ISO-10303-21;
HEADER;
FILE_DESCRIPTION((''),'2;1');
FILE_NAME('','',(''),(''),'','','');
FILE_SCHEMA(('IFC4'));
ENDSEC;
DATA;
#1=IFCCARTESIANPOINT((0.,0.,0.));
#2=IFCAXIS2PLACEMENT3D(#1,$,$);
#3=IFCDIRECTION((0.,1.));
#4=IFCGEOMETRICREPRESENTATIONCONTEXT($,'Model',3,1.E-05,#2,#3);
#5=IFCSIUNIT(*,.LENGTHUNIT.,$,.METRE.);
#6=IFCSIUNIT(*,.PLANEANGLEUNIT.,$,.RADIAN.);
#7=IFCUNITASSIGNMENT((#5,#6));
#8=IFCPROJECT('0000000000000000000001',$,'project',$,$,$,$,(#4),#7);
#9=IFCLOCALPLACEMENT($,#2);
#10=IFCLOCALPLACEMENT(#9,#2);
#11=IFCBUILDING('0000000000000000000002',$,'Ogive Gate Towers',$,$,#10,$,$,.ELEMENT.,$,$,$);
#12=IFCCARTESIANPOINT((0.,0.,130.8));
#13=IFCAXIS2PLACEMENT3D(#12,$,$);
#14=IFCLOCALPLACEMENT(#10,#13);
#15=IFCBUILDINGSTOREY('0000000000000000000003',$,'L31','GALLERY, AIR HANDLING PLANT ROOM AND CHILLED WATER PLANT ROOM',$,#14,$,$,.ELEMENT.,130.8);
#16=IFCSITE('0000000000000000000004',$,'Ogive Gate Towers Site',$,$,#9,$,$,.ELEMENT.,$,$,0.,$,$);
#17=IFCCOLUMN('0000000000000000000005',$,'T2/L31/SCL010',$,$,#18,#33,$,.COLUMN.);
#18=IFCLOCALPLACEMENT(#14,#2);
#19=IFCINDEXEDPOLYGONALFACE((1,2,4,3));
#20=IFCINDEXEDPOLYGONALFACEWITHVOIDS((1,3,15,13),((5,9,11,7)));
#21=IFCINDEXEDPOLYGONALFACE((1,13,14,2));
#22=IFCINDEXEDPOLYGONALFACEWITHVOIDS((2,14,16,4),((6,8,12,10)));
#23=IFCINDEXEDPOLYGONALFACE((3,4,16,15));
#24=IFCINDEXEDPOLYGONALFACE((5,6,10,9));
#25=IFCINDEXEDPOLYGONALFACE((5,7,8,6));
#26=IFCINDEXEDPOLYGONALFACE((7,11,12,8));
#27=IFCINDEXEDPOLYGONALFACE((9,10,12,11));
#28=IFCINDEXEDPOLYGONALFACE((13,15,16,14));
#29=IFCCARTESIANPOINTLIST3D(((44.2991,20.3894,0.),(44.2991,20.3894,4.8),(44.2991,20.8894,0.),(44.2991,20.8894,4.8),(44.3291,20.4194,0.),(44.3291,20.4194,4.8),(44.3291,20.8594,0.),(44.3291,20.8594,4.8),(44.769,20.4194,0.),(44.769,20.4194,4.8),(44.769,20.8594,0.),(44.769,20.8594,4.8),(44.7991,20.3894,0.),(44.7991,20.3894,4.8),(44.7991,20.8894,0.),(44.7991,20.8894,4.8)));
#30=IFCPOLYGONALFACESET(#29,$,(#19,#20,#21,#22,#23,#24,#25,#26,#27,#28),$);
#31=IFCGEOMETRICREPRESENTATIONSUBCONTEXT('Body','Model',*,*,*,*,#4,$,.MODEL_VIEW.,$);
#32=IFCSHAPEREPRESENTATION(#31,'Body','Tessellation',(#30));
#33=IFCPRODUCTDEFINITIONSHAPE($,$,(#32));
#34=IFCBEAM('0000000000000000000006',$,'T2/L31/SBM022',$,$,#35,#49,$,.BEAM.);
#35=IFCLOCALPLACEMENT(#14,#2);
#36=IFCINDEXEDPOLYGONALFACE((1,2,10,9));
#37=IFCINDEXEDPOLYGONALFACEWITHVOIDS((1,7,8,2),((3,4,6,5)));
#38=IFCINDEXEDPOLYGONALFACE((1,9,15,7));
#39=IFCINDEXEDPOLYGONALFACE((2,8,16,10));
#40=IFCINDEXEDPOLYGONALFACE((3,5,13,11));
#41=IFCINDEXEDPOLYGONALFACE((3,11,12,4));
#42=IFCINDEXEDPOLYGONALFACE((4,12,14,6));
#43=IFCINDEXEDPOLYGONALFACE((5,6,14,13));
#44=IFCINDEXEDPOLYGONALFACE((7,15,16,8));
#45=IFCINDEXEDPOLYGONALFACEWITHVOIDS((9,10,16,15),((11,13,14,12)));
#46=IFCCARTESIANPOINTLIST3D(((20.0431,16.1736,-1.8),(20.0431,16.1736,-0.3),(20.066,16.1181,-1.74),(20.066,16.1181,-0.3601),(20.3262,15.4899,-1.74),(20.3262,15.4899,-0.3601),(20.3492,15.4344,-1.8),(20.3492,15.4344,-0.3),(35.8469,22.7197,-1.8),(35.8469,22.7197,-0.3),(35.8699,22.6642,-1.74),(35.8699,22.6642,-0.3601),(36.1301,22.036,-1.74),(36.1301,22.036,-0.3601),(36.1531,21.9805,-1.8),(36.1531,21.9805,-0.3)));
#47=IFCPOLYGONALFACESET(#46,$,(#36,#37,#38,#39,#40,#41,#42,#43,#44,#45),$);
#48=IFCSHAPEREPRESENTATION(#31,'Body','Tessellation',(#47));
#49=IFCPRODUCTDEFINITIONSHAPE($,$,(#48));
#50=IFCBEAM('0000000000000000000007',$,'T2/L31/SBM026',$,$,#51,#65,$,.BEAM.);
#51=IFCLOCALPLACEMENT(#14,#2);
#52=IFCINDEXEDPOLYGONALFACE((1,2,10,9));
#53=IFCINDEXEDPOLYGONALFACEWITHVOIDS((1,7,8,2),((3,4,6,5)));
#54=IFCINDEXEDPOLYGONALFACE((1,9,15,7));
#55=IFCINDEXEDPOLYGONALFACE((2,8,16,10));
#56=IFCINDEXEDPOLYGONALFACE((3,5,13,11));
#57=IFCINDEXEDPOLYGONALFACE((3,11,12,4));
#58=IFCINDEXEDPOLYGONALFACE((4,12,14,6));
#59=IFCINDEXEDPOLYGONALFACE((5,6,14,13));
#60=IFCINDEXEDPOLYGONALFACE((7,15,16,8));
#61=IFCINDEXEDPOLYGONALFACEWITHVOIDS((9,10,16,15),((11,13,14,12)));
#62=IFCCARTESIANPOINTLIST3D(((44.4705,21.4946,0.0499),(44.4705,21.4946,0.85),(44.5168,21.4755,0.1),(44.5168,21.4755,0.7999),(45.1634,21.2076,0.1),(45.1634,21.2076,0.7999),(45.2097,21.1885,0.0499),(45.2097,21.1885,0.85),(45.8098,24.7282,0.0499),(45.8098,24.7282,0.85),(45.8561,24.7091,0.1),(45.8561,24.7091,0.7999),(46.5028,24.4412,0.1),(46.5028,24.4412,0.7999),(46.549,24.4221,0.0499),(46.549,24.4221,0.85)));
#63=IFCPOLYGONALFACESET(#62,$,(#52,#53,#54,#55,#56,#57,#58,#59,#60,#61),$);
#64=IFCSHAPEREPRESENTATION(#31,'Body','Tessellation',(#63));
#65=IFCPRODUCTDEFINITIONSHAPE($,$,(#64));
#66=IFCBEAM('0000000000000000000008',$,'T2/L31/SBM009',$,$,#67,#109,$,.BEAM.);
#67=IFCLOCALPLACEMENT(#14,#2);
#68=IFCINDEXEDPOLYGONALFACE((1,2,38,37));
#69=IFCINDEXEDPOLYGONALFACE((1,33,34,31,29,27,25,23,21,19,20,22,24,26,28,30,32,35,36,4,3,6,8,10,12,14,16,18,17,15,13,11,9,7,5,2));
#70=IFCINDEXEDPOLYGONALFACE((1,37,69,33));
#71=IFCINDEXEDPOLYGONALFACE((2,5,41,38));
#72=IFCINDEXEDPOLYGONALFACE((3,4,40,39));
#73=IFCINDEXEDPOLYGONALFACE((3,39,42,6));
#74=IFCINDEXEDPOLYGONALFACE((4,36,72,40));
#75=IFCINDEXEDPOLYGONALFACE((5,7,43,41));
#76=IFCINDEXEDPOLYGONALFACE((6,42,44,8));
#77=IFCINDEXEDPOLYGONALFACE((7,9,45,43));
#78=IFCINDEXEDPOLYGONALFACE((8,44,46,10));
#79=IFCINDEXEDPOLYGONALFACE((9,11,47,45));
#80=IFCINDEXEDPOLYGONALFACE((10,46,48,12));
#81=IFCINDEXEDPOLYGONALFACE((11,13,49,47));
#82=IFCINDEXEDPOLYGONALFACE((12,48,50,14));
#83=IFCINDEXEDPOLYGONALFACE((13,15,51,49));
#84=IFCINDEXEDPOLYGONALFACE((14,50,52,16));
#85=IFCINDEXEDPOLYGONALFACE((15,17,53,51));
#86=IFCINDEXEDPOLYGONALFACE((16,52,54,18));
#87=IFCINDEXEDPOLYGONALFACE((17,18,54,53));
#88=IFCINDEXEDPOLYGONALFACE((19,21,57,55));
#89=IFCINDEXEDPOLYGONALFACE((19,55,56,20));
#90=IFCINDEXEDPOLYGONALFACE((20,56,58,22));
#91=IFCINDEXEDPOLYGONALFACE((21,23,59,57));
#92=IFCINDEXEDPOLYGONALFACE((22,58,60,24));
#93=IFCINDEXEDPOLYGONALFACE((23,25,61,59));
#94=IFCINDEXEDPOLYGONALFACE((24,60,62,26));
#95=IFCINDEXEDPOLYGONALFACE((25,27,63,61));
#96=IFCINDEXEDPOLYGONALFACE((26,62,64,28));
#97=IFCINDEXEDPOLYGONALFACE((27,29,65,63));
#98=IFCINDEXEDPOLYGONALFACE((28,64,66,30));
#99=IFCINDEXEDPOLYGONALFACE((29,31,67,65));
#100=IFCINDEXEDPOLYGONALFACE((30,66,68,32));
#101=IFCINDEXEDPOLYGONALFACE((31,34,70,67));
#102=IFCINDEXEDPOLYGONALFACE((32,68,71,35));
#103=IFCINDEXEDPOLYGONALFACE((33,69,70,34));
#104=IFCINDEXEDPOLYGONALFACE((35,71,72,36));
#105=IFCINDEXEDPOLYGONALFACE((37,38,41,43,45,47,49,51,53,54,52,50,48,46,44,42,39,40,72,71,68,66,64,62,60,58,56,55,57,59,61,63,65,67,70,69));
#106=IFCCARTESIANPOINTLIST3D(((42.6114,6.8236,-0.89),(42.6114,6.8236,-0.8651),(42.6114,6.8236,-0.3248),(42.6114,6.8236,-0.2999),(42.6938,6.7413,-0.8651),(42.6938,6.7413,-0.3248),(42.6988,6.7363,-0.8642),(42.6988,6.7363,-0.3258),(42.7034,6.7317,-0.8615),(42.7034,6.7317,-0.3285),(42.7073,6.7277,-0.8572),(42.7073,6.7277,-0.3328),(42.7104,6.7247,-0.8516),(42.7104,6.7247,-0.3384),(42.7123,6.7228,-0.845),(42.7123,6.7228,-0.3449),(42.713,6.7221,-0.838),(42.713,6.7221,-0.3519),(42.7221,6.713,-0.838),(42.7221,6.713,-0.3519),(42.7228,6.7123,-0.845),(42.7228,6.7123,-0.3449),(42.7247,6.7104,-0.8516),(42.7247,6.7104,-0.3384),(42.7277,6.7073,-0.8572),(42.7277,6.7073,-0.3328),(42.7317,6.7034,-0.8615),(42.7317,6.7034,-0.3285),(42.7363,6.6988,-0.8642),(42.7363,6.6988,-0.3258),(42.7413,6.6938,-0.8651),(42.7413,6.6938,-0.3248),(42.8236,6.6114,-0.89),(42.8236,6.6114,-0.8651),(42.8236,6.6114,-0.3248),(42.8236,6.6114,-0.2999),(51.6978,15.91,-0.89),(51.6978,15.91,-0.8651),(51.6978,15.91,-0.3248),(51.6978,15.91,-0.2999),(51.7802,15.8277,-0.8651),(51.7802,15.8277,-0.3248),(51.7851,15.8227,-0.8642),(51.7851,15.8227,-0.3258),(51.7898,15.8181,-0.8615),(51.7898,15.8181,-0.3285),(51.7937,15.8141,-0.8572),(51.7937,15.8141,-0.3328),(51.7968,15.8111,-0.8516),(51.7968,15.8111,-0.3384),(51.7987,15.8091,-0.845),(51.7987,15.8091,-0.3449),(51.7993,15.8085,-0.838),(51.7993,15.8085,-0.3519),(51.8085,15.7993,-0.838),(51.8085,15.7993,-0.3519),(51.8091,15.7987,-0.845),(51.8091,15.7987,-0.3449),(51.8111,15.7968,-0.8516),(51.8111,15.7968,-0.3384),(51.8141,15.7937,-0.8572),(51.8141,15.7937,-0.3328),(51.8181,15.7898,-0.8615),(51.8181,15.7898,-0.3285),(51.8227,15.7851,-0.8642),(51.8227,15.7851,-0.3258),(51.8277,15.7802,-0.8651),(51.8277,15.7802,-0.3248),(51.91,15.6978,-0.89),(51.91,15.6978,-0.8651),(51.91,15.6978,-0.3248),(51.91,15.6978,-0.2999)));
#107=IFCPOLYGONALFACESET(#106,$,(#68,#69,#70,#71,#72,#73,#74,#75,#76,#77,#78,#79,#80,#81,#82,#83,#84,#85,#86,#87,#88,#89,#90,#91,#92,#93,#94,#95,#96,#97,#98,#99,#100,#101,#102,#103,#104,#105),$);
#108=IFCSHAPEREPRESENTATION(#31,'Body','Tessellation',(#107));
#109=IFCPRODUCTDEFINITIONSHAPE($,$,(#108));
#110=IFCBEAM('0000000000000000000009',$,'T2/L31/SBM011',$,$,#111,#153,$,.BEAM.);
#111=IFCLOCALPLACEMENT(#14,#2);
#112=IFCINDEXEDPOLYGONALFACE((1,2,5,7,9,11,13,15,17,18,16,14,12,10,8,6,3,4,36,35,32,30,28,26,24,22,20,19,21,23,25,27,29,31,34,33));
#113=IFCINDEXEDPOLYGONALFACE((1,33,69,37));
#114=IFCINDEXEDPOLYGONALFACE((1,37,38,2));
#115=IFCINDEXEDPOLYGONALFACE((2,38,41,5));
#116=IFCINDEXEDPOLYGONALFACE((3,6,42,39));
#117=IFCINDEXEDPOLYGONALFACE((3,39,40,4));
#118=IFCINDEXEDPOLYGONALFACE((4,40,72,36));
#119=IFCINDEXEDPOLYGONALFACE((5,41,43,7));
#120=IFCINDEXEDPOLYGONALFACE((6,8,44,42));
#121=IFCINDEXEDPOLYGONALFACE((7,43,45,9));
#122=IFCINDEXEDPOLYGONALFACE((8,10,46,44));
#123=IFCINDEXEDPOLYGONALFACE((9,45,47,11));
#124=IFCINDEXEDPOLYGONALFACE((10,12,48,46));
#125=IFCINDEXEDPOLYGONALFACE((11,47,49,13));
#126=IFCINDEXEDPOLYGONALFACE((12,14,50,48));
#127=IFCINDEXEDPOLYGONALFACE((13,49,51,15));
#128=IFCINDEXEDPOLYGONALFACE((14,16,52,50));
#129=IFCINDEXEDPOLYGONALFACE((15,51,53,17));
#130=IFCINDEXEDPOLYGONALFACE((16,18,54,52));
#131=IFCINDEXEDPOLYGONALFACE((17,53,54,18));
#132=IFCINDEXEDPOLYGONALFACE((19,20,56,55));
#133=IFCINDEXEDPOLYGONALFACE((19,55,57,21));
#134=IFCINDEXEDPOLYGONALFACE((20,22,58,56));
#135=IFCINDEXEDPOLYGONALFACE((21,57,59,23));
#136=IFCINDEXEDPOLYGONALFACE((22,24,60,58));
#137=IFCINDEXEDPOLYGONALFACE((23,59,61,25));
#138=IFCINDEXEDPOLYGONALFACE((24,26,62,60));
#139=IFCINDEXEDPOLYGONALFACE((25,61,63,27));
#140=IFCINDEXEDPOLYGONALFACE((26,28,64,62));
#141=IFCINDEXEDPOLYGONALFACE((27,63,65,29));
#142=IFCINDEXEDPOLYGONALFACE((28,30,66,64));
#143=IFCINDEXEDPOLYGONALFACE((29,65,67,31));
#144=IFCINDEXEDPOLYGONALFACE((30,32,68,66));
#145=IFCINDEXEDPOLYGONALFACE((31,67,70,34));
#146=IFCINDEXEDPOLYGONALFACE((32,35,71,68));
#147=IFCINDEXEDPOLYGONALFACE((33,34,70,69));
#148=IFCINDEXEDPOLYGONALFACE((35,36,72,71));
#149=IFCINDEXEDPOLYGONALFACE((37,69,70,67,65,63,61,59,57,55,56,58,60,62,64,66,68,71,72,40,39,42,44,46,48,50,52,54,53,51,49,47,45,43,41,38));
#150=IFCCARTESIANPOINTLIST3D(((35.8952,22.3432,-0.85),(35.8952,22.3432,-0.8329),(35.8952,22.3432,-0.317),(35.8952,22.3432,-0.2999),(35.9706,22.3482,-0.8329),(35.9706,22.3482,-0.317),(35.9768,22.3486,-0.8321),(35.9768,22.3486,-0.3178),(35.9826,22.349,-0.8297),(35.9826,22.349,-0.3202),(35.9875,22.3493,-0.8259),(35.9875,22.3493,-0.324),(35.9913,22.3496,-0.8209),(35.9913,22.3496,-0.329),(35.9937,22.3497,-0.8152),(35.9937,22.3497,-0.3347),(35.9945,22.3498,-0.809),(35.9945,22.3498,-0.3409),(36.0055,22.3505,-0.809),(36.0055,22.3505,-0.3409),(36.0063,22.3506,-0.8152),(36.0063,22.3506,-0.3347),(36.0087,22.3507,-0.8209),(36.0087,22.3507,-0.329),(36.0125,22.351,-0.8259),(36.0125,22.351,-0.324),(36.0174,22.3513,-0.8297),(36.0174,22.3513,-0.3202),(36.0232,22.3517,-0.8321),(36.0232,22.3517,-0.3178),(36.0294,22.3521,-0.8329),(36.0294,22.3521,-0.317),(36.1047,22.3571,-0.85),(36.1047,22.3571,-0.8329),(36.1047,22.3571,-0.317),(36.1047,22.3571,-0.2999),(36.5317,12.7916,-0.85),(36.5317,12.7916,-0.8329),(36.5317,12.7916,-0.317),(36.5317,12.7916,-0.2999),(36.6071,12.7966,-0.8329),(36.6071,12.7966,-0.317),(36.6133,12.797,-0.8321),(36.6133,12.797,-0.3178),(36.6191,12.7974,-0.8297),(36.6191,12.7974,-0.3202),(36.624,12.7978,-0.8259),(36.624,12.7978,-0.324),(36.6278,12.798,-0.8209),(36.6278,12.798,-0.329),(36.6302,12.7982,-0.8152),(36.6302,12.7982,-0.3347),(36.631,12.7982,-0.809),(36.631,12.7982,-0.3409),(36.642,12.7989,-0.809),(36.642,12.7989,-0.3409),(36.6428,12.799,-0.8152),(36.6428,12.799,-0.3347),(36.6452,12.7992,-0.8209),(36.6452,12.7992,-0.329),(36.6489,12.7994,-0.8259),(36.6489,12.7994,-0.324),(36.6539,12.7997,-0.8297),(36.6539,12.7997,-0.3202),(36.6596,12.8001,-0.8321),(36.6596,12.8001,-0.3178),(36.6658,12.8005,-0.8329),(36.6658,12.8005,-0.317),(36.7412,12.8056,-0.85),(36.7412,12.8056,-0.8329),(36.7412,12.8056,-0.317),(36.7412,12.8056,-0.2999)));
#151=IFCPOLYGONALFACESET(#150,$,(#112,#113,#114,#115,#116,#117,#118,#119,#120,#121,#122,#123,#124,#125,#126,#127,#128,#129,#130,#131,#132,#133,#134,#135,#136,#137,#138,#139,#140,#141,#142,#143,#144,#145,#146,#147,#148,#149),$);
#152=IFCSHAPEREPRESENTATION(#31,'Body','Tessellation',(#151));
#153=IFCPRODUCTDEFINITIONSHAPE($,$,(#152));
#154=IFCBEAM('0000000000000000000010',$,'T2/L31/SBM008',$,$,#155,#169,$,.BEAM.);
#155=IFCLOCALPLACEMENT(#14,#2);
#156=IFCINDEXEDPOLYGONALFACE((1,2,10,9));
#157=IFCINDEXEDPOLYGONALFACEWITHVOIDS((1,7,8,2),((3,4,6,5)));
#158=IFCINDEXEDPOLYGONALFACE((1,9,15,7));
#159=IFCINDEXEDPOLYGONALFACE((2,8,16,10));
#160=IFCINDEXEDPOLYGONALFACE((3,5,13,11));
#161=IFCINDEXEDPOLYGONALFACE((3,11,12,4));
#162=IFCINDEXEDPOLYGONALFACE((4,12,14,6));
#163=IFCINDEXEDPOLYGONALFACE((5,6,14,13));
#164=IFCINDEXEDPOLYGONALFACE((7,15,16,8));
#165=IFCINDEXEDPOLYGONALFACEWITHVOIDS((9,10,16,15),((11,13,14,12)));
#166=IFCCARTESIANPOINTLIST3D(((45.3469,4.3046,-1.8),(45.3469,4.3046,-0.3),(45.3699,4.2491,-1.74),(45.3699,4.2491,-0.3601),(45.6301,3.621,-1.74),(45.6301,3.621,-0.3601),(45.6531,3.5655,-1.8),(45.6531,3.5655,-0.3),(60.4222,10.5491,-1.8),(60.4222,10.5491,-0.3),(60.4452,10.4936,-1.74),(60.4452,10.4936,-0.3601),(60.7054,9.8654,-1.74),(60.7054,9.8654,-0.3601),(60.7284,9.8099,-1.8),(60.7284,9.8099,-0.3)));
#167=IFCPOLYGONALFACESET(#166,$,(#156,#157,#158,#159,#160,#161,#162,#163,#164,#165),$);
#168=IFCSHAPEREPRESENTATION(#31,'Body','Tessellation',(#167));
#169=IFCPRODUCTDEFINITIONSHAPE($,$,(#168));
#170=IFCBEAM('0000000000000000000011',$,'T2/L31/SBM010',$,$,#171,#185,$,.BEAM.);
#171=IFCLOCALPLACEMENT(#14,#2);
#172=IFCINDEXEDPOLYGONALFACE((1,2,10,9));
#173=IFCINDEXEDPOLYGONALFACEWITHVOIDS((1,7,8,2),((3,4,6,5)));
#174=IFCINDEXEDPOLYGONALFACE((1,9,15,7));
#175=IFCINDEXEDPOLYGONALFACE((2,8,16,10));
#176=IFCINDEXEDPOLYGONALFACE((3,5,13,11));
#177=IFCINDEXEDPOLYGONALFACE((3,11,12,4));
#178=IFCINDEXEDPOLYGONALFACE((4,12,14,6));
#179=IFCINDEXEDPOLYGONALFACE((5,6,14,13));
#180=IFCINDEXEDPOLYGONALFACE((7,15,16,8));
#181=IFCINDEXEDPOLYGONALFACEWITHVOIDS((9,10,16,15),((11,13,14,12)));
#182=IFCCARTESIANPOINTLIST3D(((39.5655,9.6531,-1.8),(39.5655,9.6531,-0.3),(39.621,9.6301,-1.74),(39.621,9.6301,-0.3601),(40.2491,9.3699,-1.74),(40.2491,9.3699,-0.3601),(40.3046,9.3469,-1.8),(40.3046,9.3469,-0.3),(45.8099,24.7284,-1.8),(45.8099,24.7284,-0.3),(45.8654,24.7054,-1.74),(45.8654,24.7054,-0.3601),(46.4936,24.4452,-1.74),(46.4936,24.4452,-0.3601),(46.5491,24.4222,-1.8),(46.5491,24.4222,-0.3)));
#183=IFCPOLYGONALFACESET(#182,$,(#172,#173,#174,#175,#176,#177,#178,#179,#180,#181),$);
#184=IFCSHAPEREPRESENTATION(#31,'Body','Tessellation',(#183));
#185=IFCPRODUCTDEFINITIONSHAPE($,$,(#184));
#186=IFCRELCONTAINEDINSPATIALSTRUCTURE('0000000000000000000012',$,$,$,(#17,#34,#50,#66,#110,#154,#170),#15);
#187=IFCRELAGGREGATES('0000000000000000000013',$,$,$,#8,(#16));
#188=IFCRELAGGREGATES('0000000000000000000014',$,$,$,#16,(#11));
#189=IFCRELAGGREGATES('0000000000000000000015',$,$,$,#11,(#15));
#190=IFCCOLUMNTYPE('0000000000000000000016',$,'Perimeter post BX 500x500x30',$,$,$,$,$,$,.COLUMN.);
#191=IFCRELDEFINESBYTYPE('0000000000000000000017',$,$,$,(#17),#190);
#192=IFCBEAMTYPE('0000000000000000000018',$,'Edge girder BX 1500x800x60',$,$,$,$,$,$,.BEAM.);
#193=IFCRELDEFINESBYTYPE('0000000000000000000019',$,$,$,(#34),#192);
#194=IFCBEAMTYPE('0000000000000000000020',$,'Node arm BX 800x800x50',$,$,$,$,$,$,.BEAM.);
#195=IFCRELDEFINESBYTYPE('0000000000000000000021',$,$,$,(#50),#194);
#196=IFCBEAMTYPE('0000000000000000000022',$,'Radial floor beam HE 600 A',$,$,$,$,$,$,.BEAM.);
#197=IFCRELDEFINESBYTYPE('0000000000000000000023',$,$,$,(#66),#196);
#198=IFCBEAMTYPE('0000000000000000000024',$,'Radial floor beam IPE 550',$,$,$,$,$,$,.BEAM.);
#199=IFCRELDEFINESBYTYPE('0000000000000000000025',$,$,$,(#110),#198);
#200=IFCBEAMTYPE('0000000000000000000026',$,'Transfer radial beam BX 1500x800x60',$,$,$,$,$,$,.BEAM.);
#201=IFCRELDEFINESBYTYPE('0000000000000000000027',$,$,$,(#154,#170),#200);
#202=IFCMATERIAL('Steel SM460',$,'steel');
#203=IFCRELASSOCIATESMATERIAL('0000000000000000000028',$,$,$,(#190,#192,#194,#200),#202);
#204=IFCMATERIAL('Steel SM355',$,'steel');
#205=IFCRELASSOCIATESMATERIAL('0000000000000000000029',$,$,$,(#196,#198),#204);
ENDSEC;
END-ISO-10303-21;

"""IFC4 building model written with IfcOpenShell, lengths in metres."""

from ifc_helpers import new_model, si_unit, direction, frame, origin, origin_2d, place, context, subcontext, project, spatial, hollow_rectangle, i_section, extrude, material, material_profile, profile_set, type_object, element, save


model = new_model("IFC4")

# Units and contexts
model_context = context("Model", 3, precision=1e-05, world=origin(), true_north=direction((0.0, 1.0)))
body_context = subcontext(model_context, "Body", "Model", "MODEL_VIEW")
ifc_project = project(units=[si_unit("LENGTHUNIT", "METRE"), si_unit("PLANEANGLEUNIT", "RADIAN")], contexts=[model_context])

# Site, building, storey
site_placement = place(None, origin())
site = spatial("IfcSite", under=ifc_project, at=site_placement, Name="Ogive Gate Towers Site", CompositionType="ELEMENT", RefElevation=0.0)
building_placement = place(site_placement, origin())
building = spatial("IfcBuilding", under=site, at=building_placement, Name="Ogive Gate Towers", CompositionType="ELEMENT")
storey_placement = place(building_placement, frame((0.0, 0.0, 130.8)))
storey = spatial("IfcBuildingStorey", under=building, at=storey_placement, Name="L31", Description="GALLERY, AIR HANDLING PLANT ROOM AND CHILLED WATER PLANT ROOM", CompositionType="ELEMENT", Elevation=130.8)

# Column
ifc_material_1 = material(Name="Steel SM460", Category="steel")
ifc_material_profile_1 = material_profile(ifc_material_1, hollow_rectangle(XDim=0.5, YDim=0.5, WallThickness=0.03, at=origin_2d()), Name="BX 500x500x30")
ifc_profile_set_1 = profile_set([ifc_material_profile_1], Name="Steel SM460")
column_type = type_object("IfcColumnType", Name="Perimeter post BX 500x500x30", PredefinedType="COLUMN", material=ifc_profile_set_1)
column_placement = place(storey_placement, frame((44.5491, 20.6394, 0.0), z_axis=(0.0, 0.0, 1.0), x_axis=(1.0, 0.0, 0.0)))
element("IfcColumn", 1, at=column_placement, inside=storey, type_object=column_type, Name="T2/L31/SCL010", PredefinedType="COLUMN", context=body_context, shape_type="SweptSolid", body=[
    extrude(hollow_rectangle(XDim=0.5, YDim=0.5, WallThickness=0.03, at=origin_2d()), origin(), (0.0, 0.0, 1.0), 4.8),
])

# Beams
ifc_material_profile_2 = material_profile(ifc_material_1, hollow_rectangle(XDim=0.8, YDim=1.5, WallThickness=0.0601, at=origin_2d()), Name="BX 1500x800x60")
ifc_profile_set_2 = profile_set([ifc_material_profile_2], Name="Steel SM460")
beam_type_1 = type_object("IfcBeamType", Name="Edge girder BX 1500x800x60", PredefinedType="BEAM", material=ifc_profile_set_2)
beam_1_placement = place(storey_placement, frame((36.0, 22.3501, -1.05), z_axis=(-0.923881, -0.38268, 0.0), x_axis=(0.38268, -0.923881, 0.0)))
element("IfcBeam", 2, at=beam_1_placement, inside=storey, type_object=beam_type_1, Name="T2/L31/SBM022", PredefinedType="BEAM", context=body_context, shape_type="SweptSolid", body=[
    extrude(hollow_rectangle(XDim=0.8, YDim=1.5, WallThickness=0.0601, at=origin_2d()), origin(), (0.0, 0.0, 1.0), 17.106),
])
ifc_material_profile_3 = material_profile(ifc_material_1, hollow_rectangle(XDim=0.8, YDim=0.8, WallThickness=0.05, at=origin_2d()), Name="BX 800x800x50")
ifc_profile_set_3 = profile_set([ifc_material_profile_3], Name="Steel SM460")
beam_type_2 = type_object("IfcBeamType", Name="Node arm BX 800x800x50", PredefinedType="BEAM", material=ifc_profile_set_3)
beam_2_placement = place(storey_placement, frame((44.8401, 21.3416, 0.45), z_axis=(0.382668, 0.923886, 0.0), x_axis=(-0.923886, 0.382668, 0.0)))
element("IfcBeam", 3, at=beam_2_placement, inside=storey, type_object=beam_type_2, Name="T2/L31/SBM026", PredefinedType="BEAM", context=body_context, shape_type="SweptSolid", body=[
    extrude(hollow_rectangle(XDim=0.8, YDim=0.8, WallThickness=0.05, at=origin_2d()), origin(), (0.0, 0.0, 1.0), 3.5),
])
ifc_material_2 = material(Name="Steel SM355", Category="steel")
ifc_material_profile_4 = material_profile(ifc_material_2, i_section(OverallWidth=0.3, OverallDepth=0.5901, WebThickness=0.0129, FlangeThickness=0.0249, FilletRadius=0.0271, at=origin_2d()), Name="HE 600 A")
ifc_profile_set_4 = profile_set([ifc_material_profile_4], Name="Steel SM355")
beam_type_3 = type_object("IfcBeamType", Name="Radial floor beam HE 600 A", PredefinedType="BEAM", material=ifc_profile_set_4)
beam_3_placement = place(storey_placement, frame((42.7175, 6.7175, -0.595), z_axis=(0.707107, 0.707107, 0.0), x_axis=(-0.707107, 0.707107, 0.0)))
element("IfcBeam", 4, at=beam_3_placement, inside=storey, type_object=beam_type_3, Name="T2/L31/SBM009", PredefinedType="BEAM", context=body_context, shape_type="SweptSolid", body=[
    extrude(i_section(OverallWidth=0.3, OverallDepth=0.5901, WebThickness=0.0129, FlangeThickness=0.0249, FilletRadius=0.0271, at=origin_2d()), origin(), (0.0, 0.0, 1.0), 12.8501),
])
ifc_material_profile_5 = material_profile(ifc_material_2, i_section(OverallWidth=0.21, OverallDepth=0.55, WebThickness=0.011, FlangeThickness=0.0171, FilletRadius=0.0239, at=origin_2d()), Name="IPE 550")
ifc_profile_set_5 = profile_set([ifc_material_profile_5], Name="Steel SM355")
beam_type_4 = type_object("IfcBeamType", Name="Radial floor beam IPE 550", PredefinedType="BEAM", material=ifc_profile_set_5)
beam_4_placement = place(storey_placement, frame((36.6365, 12.7986, -0.575), z_axis=(-0.066489, 0.997787, 0.0), x_axis=(-0.997787, -0.066489, 0.0)))
element("IfcBeam", 5, at=beam_4_placement, inside=storey, type_object=beam_type_4, Name="T2/L31/SBM011", PredefinedType="BEAM", context=body_context, shape_type="SweptSolid", body=[
    extrude(i_section(OverallWidth=0.21, OverallDepth=0.55, WebThickness=0.011, FlangeThickness=0.0171, FilletRadius=0.0239, at=origin_2d()), origin(), (0.0, 0.0, 1.0), 9.5728),
])
ifc_material_profile_6 = material_profile(ifc_material_1, hollow_rectangle(XDim=0.8, YDim=1.5, WallThickness=0.0601, at=origin_2d()), Name="BX 1500x800x60")
ifc_profile_set_6 = profile_set([ifc_material_profile_6], Name="Steel SM460")
beam_type_5 = type_object("IfcBeamType", Name="Transfer radial beam BX 1500x800x60", PredefinedType="BEAM", material=ifc_profile_set_6)
for number, where, z_axis, x_axis, name in (
    (6, (45.5, 3.9351, -1.05), (0.923879, 0.382685, 0.0), (-0.382685, 0.923879, 0.0), "T2/L31/SBM008"),
    (7, (39.9351, 9.5, -1.05), (0.382685, 0.923879, 0.0), (-0.923879, 0.382685, 0.0), "T2/L31/SBM010"),
):
    element("IfcBeam", number, at=place(storey_placement, frame(where, z_axis=z_axis, x_axis=x_axis)), inside=storey, type_object=beam_type_5, Name=name, PredefinedType="BEAM", context=body_context, shape_type="SweptSolid", body=[
        extrude(hollow_rectangle(XDim=0.8, YDim=1.5, WallThickness=0.0601, at=origin_2d()), origin(), (0.0, 0.0, 1.0), 16.3174),
    ])

save(model, "model.ifc")
